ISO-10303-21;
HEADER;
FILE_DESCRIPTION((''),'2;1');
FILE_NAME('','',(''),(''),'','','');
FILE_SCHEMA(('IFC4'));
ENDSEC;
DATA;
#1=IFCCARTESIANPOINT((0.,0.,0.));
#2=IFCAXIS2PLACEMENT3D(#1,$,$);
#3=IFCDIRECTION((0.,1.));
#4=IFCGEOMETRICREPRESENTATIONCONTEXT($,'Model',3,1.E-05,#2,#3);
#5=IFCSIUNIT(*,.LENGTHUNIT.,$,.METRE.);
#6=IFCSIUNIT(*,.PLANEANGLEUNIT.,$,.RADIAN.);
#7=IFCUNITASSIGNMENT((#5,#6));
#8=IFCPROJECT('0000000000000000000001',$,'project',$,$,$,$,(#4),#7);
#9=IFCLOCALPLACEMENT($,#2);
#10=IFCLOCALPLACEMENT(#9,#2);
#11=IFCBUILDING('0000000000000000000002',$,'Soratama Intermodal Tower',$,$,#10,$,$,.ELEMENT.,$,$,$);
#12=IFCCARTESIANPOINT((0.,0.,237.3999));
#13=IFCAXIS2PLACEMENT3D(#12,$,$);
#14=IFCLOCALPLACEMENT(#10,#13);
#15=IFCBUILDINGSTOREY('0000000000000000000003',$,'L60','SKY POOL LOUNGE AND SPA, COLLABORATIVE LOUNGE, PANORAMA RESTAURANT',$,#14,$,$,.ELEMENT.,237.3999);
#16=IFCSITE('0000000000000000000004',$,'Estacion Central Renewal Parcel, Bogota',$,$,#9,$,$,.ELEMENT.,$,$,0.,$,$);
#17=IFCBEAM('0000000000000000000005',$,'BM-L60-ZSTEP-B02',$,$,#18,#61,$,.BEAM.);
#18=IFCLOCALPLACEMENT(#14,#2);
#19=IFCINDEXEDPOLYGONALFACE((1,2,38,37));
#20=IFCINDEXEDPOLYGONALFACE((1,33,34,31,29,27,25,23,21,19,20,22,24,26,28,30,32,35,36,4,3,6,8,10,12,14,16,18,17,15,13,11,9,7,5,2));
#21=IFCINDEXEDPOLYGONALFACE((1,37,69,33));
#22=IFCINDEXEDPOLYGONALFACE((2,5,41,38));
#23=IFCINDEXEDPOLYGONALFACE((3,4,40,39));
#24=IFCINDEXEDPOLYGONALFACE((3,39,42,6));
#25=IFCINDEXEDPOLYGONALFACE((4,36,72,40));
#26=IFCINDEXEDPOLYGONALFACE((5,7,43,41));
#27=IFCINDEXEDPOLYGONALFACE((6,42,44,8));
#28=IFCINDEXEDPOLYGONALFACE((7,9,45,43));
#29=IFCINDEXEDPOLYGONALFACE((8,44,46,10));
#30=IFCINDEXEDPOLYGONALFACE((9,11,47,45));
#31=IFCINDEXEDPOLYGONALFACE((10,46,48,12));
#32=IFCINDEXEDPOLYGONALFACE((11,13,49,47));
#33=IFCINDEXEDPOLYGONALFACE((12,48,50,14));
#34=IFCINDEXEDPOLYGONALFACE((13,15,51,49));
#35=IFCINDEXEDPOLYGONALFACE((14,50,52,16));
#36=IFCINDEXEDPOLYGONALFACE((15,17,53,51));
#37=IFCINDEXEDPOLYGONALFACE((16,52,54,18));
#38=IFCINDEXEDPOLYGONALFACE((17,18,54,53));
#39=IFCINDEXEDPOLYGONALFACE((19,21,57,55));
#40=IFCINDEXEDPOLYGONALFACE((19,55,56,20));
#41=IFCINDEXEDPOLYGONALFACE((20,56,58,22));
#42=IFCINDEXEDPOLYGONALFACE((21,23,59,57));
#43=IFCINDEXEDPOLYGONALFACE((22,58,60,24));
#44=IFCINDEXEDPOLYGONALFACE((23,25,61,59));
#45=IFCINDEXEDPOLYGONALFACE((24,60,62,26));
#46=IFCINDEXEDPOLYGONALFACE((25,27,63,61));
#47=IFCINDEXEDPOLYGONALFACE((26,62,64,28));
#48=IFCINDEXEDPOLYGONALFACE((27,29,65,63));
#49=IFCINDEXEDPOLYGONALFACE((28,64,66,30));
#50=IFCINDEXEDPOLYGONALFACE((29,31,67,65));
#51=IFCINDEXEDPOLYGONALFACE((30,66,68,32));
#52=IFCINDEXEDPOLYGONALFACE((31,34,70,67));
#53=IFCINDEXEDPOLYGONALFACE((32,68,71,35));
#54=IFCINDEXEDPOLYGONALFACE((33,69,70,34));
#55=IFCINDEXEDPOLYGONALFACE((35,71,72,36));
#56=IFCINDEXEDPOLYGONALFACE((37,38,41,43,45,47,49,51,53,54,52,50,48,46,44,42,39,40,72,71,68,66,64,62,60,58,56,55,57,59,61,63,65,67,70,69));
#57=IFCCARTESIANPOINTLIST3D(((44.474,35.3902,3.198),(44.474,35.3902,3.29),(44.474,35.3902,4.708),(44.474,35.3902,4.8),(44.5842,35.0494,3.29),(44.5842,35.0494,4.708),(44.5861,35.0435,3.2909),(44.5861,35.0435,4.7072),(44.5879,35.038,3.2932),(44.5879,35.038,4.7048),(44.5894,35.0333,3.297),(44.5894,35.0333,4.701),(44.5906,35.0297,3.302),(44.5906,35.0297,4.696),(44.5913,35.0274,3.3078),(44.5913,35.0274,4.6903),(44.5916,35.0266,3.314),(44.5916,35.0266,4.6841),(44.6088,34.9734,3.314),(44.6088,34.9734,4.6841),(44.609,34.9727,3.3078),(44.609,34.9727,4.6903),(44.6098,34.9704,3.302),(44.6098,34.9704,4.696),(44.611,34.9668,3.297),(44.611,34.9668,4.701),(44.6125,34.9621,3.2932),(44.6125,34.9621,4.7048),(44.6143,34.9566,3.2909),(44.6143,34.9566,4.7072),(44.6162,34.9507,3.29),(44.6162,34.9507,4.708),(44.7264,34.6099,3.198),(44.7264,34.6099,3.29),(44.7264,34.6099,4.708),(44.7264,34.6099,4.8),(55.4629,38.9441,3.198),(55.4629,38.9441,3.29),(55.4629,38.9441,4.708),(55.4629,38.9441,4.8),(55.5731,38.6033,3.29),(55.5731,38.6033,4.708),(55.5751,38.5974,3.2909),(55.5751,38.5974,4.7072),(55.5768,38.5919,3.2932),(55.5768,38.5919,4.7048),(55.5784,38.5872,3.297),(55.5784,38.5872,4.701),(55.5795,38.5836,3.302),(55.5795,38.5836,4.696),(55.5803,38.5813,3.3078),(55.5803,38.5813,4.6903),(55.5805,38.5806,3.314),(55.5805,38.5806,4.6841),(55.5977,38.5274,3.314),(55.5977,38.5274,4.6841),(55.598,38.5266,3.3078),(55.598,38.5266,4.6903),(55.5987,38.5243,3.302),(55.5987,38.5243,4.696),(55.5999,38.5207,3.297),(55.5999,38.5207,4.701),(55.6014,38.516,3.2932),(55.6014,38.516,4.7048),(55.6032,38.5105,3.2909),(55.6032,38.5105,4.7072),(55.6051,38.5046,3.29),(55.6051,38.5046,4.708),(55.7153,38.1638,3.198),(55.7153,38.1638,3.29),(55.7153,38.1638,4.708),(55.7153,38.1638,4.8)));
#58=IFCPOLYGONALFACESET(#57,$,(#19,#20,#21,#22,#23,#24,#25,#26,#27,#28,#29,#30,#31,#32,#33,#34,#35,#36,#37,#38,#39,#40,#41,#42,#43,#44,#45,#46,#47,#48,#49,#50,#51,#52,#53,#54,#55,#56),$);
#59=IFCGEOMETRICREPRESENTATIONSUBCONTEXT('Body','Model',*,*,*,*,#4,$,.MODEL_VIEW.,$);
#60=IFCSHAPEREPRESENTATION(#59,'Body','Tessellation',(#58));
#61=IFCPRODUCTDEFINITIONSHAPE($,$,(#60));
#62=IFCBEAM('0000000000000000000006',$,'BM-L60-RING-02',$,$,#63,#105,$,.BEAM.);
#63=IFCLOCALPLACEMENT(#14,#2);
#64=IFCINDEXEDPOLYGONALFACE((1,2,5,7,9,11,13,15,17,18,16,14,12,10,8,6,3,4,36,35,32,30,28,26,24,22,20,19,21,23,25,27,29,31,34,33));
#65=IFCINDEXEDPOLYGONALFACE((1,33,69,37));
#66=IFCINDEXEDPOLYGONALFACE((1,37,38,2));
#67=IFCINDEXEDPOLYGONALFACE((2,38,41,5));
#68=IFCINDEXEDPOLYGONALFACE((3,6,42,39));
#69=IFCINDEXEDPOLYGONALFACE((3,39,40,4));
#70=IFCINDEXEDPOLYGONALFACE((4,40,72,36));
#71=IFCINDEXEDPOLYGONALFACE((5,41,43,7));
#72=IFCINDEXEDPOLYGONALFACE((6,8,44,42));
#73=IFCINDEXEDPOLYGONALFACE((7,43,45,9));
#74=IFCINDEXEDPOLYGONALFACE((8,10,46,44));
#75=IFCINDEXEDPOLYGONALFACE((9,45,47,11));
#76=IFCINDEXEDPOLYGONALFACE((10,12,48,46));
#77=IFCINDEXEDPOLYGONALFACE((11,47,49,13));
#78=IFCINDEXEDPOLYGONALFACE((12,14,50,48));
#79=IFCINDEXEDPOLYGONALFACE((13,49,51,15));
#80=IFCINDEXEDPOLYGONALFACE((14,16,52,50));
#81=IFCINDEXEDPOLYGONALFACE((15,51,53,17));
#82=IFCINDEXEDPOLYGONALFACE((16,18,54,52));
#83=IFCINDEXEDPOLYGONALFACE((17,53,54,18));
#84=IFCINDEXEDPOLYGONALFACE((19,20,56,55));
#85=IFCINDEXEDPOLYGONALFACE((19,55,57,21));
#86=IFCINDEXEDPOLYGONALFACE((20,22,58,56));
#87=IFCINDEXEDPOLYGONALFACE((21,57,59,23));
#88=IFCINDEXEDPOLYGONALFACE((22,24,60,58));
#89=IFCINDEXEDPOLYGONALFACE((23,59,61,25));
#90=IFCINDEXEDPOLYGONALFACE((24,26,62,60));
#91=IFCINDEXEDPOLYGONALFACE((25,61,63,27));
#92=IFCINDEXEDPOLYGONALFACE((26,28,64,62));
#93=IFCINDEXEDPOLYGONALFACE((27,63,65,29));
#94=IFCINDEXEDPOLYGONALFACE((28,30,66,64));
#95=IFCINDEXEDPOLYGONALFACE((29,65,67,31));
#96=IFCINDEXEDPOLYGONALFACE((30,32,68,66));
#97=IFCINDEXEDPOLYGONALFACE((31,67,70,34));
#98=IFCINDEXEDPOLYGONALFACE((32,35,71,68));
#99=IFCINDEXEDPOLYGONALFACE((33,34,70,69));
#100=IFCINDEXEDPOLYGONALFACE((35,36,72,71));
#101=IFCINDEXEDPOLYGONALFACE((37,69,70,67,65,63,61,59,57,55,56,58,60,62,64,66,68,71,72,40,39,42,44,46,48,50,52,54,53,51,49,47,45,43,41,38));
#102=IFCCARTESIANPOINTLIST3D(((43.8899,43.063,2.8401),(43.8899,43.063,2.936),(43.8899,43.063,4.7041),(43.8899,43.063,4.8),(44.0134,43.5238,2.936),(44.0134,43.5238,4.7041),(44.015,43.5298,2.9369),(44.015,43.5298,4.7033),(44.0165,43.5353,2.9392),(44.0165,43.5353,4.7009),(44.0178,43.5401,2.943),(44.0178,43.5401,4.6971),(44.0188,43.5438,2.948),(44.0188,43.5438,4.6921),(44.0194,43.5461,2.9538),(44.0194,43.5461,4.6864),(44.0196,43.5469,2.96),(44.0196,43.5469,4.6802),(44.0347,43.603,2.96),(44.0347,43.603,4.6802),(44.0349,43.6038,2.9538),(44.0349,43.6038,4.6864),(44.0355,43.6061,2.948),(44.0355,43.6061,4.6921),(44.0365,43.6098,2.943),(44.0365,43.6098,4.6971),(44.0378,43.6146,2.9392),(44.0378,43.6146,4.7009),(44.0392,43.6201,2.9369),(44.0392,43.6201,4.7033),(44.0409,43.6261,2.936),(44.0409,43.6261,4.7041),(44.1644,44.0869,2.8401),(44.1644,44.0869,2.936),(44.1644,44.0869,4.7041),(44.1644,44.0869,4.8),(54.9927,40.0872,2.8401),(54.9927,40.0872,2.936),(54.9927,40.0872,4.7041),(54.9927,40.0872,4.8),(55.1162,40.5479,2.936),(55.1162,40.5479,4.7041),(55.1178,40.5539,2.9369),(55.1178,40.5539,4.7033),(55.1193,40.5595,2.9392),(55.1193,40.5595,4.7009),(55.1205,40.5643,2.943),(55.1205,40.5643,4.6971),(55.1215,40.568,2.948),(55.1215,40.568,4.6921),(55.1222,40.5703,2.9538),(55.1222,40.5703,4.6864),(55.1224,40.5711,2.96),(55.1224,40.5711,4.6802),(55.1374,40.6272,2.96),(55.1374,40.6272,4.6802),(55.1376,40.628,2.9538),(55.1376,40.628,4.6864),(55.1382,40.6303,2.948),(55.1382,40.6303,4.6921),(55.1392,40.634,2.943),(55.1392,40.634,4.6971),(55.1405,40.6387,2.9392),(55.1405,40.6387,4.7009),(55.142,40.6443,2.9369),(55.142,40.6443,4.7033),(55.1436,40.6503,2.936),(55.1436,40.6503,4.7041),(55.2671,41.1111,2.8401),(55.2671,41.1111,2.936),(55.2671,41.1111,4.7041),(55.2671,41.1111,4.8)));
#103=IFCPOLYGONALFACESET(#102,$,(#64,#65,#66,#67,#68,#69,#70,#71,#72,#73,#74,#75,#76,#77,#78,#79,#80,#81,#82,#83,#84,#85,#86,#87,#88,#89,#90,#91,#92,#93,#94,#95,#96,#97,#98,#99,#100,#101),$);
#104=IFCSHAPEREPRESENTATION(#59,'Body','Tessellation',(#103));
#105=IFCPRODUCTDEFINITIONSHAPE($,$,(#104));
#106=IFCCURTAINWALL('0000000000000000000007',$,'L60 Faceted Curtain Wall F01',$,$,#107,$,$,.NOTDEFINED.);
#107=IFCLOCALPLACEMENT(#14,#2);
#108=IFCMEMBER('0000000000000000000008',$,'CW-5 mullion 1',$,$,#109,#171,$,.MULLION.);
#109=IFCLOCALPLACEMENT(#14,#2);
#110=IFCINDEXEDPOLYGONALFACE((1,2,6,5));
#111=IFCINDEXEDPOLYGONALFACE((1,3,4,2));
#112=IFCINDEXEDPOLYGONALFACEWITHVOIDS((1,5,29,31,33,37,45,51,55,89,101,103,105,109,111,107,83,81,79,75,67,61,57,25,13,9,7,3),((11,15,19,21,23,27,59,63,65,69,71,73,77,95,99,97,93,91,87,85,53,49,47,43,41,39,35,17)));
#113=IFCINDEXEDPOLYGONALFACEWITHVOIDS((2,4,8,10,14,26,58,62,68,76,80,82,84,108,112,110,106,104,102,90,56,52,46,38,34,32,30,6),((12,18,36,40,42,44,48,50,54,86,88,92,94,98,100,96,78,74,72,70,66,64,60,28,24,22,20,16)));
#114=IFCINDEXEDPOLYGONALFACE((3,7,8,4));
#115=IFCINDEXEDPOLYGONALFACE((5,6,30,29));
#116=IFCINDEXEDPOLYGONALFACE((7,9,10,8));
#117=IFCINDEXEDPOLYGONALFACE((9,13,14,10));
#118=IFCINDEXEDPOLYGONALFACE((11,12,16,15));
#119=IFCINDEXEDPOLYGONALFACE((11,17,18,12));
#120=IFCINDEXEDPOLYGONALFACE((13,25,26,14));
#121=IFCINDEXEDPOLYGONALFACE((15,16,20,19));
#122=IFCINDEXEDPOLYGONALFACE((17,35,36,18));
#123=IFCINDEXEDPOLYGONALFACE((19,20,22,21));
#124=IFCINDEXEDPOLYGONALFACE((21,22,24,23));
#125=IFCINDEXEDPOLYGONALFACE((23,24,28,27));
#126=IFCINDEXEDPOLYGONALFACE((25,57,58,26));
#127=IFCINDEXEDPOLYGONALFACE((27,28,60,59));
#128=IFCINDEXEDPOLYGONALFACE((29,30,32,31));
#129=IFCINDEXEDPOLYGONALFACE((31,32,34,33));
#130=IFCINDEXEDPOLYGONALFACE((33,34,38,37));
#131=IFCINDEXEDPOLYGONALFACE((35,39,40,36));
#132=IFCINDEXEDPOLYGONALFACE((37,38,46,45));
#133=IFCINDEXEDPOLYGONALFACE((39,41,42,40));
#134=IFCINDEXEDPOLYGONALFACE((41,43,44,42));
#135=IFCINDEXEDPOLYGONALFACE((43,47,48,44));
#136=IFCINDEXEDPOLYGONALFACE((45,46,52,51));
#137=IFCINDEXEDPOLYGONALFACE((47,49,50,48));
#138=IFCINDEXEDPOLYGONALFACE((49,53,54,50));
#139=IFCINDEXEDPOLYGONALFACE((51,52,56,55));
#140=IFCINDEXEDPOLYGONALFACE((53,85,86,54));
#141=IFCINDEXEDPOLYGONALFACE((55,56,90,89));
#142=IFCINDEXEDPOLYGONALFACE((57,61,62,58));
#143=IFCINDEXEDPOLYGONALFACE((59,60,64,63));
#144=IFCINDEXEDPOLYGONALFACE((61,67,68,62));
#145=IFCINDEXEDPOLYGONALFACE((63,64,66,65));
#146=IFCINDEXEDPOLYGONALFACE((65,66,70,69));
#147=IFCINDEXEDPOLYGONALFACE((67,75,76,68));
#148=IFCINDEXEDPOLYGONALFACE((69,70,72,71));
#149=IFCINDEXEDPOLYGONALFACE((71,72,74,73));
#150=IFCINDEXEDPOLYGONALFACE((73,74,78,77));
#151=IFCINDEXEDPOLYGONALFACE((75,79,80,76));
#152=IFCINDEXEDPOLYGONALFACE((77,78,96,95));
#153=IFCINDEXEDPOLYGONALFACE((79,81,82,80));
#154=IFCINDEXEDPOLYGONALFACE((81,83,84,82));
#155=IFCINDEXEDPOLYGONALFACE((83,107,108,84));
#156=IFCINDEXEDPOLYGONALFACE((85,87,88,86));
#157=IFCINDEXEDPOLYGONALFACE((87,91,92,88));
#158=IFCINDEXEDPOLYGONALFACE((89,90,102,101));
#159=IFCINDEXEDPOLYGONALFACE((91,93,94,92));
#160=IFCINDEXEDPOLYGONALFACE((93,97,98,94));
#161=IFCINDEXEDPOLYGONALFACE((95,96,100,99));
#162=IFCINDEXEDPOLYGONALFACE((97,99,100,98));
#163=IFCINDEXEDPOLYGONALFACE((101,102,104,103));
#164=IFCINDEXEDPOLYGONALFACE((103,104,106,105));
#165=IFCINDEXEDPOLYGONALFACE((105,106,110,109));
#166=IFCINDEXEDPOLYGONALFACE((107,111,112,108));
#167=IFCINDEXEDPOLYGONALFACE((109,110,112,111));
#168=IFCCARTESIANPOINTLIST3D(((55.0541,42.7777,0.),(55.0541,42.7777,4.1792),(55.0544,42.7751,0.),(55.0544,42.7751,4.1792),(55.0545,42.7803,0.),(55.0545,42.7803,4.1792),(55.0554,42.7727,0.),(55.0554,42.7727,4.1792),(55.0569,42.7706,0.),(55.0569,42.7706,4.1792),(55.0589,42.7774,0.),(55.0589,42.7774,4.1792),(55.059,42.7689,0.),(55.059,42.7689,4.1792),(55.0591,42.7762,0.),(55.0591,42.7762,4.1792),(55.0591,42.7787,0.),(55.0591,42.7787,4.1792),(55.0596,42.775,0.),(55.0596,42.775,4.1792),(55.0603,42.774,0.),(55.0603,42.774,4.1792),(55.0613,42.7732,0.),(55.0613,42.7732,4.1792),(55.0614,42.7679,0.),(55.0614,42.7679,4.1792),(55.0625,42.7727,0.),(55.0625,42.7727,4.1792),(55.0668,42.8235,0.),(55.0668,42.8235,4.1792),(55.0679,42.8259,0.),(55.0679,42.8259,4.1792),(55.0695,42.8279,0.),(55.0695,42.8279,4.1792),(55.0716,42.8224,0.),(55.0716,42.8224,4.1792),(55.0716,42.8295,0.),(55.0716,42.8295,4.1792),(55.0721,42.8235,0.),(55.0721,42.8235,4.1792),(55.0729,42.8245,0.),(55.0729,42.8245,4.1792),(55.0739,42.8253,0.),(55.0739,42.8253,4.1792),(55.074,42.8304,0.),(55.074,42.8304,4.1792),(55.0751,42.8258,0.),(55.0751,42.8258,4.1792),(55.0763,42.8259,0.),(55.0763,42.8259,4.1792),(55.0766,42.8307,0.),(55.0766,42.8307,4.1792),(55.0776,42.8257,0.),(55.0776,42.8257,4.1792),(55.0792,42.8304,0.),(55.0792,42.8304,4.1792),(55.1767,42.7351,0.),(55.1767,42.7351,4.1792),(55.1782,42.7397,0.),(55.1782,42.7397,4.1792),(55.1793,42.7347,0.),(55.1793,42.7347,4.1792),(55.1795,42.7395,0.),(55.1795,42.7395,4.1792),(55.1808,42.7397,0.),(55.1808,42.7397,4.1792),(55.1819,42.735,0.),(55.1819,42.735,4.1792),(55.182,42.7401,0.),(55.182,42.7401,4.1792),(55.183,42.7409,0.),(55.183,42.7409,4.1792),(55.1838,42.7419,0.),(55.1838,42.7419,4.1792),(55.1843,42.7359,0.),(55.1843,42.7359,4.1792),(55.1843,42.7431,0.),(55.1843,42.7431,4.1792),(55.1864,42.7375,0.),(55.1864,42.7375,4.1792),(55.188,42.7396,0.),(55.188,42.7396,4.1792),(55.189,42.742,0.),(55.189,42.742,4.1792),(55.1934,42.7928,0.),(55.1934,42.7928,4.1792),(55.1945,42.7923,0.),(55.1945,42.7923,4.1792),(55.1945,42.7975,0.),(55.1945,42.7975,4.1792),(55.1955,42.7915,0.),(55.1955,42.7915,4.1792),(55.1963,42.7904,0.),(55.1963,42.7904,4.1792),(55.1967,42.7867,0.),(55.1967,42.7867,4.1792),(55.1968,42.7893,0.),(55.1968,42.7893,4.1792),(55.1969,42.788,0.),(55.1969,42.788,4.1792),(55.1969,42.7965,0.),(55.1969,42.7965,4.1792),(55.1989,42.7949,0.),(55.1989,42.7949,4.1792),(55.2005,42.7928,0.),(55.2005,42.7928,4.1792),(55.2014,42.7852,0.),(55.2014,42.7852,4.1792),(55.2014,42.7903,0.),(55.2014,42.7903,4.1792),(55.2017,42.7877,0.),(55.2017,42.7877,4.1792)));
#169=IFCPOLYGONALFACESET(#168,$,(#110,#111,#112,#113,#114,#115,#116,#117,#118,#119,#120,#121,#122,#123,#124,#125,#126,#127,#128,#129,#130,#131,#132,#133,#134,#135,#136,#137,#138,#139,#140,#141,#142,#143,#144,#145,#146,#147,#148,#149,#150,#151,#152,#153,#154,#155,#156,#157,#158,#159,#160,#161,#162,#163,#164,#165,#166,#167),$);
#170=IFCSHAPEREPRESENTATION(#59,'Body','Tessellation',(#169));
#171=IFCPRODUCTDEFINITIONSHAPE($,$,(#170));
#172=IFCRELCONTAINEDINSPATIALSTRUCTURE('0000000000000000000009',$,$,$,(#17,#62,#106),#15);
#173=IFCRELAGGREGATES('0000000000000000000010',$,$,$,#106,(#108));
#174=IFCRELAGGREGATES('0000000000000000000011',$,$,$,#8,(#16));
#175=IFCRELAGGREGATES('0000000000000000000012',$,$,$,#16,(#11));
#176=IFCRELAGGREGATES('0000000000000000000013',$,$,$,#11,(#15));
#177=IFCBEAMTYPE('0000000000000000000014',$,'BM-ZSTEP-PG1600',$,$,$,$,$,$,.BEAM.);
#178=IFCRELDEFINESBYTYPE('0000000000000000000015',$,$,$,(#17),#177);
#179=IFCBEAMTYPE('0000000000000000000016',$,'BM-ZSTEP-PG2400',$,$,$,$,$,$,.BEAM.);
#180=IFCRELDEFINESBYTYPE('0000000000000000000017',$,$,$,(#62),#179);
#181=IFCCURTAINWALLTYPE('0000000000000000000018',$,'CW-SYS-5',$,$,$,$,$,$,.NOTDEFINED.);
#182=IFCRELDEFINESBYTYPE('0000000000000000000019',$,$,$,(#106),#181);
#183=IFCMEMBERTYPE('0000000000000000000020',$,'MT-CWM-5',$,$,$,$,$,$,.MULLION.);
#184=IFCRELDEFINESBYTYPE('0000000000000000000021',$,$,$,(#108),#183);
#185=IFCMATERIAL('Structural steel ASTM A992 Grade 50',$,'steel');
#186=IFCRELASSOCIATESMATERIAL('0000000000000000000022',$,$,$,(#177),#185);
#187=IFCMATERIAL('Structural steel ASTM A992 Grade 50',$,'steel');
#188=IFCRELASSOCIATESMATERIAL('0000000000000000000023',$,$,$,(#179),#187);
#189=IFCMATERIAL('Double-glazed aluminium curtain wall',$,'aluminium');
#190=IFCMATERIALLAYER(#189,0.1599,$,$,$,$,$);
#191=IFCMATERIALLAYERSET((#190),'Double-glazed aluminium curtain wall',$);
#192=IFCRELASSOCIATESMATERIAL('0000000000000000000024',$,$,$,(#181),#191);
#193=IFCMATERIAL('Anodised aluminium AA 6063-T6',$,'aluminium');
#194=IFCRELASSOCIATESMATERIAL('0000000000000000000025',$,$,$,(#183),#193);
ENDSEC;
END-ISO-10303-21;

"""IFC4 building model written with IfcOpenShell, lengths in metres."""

from ifc_helpers import new_model, si_unit, direction, frame, origin, origin_2d, place, context, subcontext, project, spatial, hollow_rectangle, i_section, extrude, material, layer, layer_set, material_profile, profile_set, type_object, element, aggregate, save


model = new_model("IFC4")

# Units and contexts
model_context = context("Model", 3, precision=1e-05, world=origin(), true_north=direction((0.0, 1.0)))
body_context = subcontext(model_context, "Body", "Model", "MODEL_VIEW")
ifc_project = project(units=[si_unit("LENGTHUNIT", "METRE"), si_unit("PLANEANGLEUNIT", "RADIAN")], contexts=[model_context])

# Site, building, storey
site_placement = place(None, origin())
site = spatial("IfcSite", under=ifc_project, at=site_placement, Name="Estacion Central Renewal Parcel, Bogota", CompositionType="ELEMENT", RefElevation=0.0)
building_placement = place(site_placement, origin())
building = spatial("IfcBuilding", under=site, at=building_placement, Name="Soratama Intermodal Tower", CompositionType="ELEMENT")
storey_placement = place(building_placement, frame((0.0, 0.0, 237.3999)))
storey = spatial("IfcBuildingStorey", under=building, at=storey_placement, Name="L60", Description="SKY POOL LOUNGE AND SPA, COLLABORATIVE LOUNGE, PANORAMA RESTAURANT", CompositionType="ELEMENT", Elevation=237.3999)

# Beams
ifc_material_1 = material(Name="Structural steel ASTM A992 Grade 50", Category="steel")
ifc_material_profile_1 = material_profile(ifc_material_1, i_section(OverallWidth=0.8201, OverallDepth=1.6021, WebThickness=0.0559, FlangeThickness=0.092, FilletRadius=0.0239, at=origin_2d()), Name="PG1600X650")
ifc_profile_set_1 = profile_set([ifc_material_profile_1], Name="Structural steel ASTM A992 Grade 50")
beam_type_1 = type_object("IfcBeamType", Name="BM-ZSTEP-PG1600", PredefinedType="BEAM", material=ifc_profile_set_1)
beam_1_placement = place(storey_placement, frame((55.5891, 38.554, 3.999), z_axis=(-0.951478, -0.307717, 0.0), x_axis=(0.307717, -0.951478, 0.0)))
element("IfcBeam", 1, at=beam_1_placement, inside=storey, type_object=beam_type_1, Name="BM-L60-ZSTEP-B02", PredefinedType="BEAM", context=body_context, shape_type="SweptSolid", body=[
    extrude(i_section(OverallWidth=0.8201, OverallDepth=1.6021, WebThickness=0.0559, FlangeThickness=0.092, FilletRadius=0.0239, at=origin_2d()), origin(), (0.0, 0.0, 1.0), 11.5493),
])
ifc_material_2 = material(Name="Structural steel ASTM A992 Grade 50", Category="steel")
ifc_material_profile_2 = material_profile(ifc_material_2, i_section(OverallWidth=1.0601, OverallDepth=1.96, WebThickness=0.0581, FlangeThickness=0.0959, FilletRadius=0.0239, at=origin_2d()), Name="PG2400X900")
ifc_profile_set_2 = profile_set([ifc_material_profile_2], Name="Structural steel ASTM A992 Grade 50")
beam_type_2 = type_object("IfcBeamType", Name="BM-ZSTEP-PG2400", PredefinedType="BEAM", material=ifc_profile_set_2)
beam_2_placement = place(storey_placement, frame((55.1299, 40.5991, 3.8201), z_axis=(-0.965907, 0.258888, 0.0), x_axis=(-0.258888, -0.965907, 0.0)))
element("IfcBeam", 2, at=beam_2_placement, inside=storey, type_object=beam_type_2, Name="BM-L60-RING-02", PredefinedType="BEAM", context=body_context, shape_type="SweptSolid", body=[
    extrude(i_section(OverallWidth=1.0601, OverallDepth=1.96, WebThickness=0.0581, FlangeThickness=0.0959, FilletRadius=0.0239, at=origin_2d()), origin(), (0.0, 0.0, 1.0), 11.4946),
])

# Curtain wall, member
ifc_material_3 = material(Name="Double-glazed aluminium curtain wall", Category="aluminium")
ifc_layer_1 = layer(ifc_material_3, 0.1599)
ifc_layer_set_1 = layer_set([ifc_layer_1], Name="Double-glazed aluminium curtain wall")
curtain_wall_type = type_object("IfcCurtainWallType", Name="CW-SYS-5", PredefinedType="NOTDEFINED", material=ifc_layer_set_1)
curtain_wall_1_placement = place(storey_placement, origin())
curtain_wall_1 = element("IfcCurtainWall", 3, at=curtain_wall_1_placement, inside=storey, type_object=curtain_wall_type, Name="L60 Faceted Curtain Wall F01", PredefinedType="NOTDEFINED")
ifc_material_4 = material(Name="Anodised aluminium AA 6063-T6", Category="aluminium")
ifc_material_profile_3 = material_profile(ifc_material_4, hollow_rectangle(XDim=0.0649, YDim=0.1399, WallThickness=0.0049, InnerFilletRadius=0.0049, OuterFilletRadius=0.01, at=origin_2d()), Name="CWM140X65X5")
ifc_profile_set_3 = profile_set([ifc_material_profile_3], Name="Anodised aluminium AA 6063-T6")
member_type_1 = type_object("IfcMemberType", Name="MT-CWM-5", PredefinedType="MULLION", material=ifc_profile_set_3)
member_1_placement = place(storey_placement, frame((55.1279, 42.7827, 0.0), z_axis=(0.0, 0.0, 1.0), x_axis=(-0.273963, -0.96174, 0.0)))
member_1 = element("IfcMember", 4, at=member_1_placement, type_object=member_type_1, Name="CW-5 mullion 1", PredefinedType="MULLION", context=body_context, shape_type="SweptSolid", body=[
    extrude(hollow_rectangle(XDim=0.0649, YDim=0.1399, WallThickness=0.0049, InnerFilletRadius=0.0049, OuterFilletRadius=0.01, at=origin_2d()), origin(), (0.0, 0.0, 1.0), 4.1792),
])

aggregate(curtain_wall_1, [member_1])

save(model, "model.ifc")
